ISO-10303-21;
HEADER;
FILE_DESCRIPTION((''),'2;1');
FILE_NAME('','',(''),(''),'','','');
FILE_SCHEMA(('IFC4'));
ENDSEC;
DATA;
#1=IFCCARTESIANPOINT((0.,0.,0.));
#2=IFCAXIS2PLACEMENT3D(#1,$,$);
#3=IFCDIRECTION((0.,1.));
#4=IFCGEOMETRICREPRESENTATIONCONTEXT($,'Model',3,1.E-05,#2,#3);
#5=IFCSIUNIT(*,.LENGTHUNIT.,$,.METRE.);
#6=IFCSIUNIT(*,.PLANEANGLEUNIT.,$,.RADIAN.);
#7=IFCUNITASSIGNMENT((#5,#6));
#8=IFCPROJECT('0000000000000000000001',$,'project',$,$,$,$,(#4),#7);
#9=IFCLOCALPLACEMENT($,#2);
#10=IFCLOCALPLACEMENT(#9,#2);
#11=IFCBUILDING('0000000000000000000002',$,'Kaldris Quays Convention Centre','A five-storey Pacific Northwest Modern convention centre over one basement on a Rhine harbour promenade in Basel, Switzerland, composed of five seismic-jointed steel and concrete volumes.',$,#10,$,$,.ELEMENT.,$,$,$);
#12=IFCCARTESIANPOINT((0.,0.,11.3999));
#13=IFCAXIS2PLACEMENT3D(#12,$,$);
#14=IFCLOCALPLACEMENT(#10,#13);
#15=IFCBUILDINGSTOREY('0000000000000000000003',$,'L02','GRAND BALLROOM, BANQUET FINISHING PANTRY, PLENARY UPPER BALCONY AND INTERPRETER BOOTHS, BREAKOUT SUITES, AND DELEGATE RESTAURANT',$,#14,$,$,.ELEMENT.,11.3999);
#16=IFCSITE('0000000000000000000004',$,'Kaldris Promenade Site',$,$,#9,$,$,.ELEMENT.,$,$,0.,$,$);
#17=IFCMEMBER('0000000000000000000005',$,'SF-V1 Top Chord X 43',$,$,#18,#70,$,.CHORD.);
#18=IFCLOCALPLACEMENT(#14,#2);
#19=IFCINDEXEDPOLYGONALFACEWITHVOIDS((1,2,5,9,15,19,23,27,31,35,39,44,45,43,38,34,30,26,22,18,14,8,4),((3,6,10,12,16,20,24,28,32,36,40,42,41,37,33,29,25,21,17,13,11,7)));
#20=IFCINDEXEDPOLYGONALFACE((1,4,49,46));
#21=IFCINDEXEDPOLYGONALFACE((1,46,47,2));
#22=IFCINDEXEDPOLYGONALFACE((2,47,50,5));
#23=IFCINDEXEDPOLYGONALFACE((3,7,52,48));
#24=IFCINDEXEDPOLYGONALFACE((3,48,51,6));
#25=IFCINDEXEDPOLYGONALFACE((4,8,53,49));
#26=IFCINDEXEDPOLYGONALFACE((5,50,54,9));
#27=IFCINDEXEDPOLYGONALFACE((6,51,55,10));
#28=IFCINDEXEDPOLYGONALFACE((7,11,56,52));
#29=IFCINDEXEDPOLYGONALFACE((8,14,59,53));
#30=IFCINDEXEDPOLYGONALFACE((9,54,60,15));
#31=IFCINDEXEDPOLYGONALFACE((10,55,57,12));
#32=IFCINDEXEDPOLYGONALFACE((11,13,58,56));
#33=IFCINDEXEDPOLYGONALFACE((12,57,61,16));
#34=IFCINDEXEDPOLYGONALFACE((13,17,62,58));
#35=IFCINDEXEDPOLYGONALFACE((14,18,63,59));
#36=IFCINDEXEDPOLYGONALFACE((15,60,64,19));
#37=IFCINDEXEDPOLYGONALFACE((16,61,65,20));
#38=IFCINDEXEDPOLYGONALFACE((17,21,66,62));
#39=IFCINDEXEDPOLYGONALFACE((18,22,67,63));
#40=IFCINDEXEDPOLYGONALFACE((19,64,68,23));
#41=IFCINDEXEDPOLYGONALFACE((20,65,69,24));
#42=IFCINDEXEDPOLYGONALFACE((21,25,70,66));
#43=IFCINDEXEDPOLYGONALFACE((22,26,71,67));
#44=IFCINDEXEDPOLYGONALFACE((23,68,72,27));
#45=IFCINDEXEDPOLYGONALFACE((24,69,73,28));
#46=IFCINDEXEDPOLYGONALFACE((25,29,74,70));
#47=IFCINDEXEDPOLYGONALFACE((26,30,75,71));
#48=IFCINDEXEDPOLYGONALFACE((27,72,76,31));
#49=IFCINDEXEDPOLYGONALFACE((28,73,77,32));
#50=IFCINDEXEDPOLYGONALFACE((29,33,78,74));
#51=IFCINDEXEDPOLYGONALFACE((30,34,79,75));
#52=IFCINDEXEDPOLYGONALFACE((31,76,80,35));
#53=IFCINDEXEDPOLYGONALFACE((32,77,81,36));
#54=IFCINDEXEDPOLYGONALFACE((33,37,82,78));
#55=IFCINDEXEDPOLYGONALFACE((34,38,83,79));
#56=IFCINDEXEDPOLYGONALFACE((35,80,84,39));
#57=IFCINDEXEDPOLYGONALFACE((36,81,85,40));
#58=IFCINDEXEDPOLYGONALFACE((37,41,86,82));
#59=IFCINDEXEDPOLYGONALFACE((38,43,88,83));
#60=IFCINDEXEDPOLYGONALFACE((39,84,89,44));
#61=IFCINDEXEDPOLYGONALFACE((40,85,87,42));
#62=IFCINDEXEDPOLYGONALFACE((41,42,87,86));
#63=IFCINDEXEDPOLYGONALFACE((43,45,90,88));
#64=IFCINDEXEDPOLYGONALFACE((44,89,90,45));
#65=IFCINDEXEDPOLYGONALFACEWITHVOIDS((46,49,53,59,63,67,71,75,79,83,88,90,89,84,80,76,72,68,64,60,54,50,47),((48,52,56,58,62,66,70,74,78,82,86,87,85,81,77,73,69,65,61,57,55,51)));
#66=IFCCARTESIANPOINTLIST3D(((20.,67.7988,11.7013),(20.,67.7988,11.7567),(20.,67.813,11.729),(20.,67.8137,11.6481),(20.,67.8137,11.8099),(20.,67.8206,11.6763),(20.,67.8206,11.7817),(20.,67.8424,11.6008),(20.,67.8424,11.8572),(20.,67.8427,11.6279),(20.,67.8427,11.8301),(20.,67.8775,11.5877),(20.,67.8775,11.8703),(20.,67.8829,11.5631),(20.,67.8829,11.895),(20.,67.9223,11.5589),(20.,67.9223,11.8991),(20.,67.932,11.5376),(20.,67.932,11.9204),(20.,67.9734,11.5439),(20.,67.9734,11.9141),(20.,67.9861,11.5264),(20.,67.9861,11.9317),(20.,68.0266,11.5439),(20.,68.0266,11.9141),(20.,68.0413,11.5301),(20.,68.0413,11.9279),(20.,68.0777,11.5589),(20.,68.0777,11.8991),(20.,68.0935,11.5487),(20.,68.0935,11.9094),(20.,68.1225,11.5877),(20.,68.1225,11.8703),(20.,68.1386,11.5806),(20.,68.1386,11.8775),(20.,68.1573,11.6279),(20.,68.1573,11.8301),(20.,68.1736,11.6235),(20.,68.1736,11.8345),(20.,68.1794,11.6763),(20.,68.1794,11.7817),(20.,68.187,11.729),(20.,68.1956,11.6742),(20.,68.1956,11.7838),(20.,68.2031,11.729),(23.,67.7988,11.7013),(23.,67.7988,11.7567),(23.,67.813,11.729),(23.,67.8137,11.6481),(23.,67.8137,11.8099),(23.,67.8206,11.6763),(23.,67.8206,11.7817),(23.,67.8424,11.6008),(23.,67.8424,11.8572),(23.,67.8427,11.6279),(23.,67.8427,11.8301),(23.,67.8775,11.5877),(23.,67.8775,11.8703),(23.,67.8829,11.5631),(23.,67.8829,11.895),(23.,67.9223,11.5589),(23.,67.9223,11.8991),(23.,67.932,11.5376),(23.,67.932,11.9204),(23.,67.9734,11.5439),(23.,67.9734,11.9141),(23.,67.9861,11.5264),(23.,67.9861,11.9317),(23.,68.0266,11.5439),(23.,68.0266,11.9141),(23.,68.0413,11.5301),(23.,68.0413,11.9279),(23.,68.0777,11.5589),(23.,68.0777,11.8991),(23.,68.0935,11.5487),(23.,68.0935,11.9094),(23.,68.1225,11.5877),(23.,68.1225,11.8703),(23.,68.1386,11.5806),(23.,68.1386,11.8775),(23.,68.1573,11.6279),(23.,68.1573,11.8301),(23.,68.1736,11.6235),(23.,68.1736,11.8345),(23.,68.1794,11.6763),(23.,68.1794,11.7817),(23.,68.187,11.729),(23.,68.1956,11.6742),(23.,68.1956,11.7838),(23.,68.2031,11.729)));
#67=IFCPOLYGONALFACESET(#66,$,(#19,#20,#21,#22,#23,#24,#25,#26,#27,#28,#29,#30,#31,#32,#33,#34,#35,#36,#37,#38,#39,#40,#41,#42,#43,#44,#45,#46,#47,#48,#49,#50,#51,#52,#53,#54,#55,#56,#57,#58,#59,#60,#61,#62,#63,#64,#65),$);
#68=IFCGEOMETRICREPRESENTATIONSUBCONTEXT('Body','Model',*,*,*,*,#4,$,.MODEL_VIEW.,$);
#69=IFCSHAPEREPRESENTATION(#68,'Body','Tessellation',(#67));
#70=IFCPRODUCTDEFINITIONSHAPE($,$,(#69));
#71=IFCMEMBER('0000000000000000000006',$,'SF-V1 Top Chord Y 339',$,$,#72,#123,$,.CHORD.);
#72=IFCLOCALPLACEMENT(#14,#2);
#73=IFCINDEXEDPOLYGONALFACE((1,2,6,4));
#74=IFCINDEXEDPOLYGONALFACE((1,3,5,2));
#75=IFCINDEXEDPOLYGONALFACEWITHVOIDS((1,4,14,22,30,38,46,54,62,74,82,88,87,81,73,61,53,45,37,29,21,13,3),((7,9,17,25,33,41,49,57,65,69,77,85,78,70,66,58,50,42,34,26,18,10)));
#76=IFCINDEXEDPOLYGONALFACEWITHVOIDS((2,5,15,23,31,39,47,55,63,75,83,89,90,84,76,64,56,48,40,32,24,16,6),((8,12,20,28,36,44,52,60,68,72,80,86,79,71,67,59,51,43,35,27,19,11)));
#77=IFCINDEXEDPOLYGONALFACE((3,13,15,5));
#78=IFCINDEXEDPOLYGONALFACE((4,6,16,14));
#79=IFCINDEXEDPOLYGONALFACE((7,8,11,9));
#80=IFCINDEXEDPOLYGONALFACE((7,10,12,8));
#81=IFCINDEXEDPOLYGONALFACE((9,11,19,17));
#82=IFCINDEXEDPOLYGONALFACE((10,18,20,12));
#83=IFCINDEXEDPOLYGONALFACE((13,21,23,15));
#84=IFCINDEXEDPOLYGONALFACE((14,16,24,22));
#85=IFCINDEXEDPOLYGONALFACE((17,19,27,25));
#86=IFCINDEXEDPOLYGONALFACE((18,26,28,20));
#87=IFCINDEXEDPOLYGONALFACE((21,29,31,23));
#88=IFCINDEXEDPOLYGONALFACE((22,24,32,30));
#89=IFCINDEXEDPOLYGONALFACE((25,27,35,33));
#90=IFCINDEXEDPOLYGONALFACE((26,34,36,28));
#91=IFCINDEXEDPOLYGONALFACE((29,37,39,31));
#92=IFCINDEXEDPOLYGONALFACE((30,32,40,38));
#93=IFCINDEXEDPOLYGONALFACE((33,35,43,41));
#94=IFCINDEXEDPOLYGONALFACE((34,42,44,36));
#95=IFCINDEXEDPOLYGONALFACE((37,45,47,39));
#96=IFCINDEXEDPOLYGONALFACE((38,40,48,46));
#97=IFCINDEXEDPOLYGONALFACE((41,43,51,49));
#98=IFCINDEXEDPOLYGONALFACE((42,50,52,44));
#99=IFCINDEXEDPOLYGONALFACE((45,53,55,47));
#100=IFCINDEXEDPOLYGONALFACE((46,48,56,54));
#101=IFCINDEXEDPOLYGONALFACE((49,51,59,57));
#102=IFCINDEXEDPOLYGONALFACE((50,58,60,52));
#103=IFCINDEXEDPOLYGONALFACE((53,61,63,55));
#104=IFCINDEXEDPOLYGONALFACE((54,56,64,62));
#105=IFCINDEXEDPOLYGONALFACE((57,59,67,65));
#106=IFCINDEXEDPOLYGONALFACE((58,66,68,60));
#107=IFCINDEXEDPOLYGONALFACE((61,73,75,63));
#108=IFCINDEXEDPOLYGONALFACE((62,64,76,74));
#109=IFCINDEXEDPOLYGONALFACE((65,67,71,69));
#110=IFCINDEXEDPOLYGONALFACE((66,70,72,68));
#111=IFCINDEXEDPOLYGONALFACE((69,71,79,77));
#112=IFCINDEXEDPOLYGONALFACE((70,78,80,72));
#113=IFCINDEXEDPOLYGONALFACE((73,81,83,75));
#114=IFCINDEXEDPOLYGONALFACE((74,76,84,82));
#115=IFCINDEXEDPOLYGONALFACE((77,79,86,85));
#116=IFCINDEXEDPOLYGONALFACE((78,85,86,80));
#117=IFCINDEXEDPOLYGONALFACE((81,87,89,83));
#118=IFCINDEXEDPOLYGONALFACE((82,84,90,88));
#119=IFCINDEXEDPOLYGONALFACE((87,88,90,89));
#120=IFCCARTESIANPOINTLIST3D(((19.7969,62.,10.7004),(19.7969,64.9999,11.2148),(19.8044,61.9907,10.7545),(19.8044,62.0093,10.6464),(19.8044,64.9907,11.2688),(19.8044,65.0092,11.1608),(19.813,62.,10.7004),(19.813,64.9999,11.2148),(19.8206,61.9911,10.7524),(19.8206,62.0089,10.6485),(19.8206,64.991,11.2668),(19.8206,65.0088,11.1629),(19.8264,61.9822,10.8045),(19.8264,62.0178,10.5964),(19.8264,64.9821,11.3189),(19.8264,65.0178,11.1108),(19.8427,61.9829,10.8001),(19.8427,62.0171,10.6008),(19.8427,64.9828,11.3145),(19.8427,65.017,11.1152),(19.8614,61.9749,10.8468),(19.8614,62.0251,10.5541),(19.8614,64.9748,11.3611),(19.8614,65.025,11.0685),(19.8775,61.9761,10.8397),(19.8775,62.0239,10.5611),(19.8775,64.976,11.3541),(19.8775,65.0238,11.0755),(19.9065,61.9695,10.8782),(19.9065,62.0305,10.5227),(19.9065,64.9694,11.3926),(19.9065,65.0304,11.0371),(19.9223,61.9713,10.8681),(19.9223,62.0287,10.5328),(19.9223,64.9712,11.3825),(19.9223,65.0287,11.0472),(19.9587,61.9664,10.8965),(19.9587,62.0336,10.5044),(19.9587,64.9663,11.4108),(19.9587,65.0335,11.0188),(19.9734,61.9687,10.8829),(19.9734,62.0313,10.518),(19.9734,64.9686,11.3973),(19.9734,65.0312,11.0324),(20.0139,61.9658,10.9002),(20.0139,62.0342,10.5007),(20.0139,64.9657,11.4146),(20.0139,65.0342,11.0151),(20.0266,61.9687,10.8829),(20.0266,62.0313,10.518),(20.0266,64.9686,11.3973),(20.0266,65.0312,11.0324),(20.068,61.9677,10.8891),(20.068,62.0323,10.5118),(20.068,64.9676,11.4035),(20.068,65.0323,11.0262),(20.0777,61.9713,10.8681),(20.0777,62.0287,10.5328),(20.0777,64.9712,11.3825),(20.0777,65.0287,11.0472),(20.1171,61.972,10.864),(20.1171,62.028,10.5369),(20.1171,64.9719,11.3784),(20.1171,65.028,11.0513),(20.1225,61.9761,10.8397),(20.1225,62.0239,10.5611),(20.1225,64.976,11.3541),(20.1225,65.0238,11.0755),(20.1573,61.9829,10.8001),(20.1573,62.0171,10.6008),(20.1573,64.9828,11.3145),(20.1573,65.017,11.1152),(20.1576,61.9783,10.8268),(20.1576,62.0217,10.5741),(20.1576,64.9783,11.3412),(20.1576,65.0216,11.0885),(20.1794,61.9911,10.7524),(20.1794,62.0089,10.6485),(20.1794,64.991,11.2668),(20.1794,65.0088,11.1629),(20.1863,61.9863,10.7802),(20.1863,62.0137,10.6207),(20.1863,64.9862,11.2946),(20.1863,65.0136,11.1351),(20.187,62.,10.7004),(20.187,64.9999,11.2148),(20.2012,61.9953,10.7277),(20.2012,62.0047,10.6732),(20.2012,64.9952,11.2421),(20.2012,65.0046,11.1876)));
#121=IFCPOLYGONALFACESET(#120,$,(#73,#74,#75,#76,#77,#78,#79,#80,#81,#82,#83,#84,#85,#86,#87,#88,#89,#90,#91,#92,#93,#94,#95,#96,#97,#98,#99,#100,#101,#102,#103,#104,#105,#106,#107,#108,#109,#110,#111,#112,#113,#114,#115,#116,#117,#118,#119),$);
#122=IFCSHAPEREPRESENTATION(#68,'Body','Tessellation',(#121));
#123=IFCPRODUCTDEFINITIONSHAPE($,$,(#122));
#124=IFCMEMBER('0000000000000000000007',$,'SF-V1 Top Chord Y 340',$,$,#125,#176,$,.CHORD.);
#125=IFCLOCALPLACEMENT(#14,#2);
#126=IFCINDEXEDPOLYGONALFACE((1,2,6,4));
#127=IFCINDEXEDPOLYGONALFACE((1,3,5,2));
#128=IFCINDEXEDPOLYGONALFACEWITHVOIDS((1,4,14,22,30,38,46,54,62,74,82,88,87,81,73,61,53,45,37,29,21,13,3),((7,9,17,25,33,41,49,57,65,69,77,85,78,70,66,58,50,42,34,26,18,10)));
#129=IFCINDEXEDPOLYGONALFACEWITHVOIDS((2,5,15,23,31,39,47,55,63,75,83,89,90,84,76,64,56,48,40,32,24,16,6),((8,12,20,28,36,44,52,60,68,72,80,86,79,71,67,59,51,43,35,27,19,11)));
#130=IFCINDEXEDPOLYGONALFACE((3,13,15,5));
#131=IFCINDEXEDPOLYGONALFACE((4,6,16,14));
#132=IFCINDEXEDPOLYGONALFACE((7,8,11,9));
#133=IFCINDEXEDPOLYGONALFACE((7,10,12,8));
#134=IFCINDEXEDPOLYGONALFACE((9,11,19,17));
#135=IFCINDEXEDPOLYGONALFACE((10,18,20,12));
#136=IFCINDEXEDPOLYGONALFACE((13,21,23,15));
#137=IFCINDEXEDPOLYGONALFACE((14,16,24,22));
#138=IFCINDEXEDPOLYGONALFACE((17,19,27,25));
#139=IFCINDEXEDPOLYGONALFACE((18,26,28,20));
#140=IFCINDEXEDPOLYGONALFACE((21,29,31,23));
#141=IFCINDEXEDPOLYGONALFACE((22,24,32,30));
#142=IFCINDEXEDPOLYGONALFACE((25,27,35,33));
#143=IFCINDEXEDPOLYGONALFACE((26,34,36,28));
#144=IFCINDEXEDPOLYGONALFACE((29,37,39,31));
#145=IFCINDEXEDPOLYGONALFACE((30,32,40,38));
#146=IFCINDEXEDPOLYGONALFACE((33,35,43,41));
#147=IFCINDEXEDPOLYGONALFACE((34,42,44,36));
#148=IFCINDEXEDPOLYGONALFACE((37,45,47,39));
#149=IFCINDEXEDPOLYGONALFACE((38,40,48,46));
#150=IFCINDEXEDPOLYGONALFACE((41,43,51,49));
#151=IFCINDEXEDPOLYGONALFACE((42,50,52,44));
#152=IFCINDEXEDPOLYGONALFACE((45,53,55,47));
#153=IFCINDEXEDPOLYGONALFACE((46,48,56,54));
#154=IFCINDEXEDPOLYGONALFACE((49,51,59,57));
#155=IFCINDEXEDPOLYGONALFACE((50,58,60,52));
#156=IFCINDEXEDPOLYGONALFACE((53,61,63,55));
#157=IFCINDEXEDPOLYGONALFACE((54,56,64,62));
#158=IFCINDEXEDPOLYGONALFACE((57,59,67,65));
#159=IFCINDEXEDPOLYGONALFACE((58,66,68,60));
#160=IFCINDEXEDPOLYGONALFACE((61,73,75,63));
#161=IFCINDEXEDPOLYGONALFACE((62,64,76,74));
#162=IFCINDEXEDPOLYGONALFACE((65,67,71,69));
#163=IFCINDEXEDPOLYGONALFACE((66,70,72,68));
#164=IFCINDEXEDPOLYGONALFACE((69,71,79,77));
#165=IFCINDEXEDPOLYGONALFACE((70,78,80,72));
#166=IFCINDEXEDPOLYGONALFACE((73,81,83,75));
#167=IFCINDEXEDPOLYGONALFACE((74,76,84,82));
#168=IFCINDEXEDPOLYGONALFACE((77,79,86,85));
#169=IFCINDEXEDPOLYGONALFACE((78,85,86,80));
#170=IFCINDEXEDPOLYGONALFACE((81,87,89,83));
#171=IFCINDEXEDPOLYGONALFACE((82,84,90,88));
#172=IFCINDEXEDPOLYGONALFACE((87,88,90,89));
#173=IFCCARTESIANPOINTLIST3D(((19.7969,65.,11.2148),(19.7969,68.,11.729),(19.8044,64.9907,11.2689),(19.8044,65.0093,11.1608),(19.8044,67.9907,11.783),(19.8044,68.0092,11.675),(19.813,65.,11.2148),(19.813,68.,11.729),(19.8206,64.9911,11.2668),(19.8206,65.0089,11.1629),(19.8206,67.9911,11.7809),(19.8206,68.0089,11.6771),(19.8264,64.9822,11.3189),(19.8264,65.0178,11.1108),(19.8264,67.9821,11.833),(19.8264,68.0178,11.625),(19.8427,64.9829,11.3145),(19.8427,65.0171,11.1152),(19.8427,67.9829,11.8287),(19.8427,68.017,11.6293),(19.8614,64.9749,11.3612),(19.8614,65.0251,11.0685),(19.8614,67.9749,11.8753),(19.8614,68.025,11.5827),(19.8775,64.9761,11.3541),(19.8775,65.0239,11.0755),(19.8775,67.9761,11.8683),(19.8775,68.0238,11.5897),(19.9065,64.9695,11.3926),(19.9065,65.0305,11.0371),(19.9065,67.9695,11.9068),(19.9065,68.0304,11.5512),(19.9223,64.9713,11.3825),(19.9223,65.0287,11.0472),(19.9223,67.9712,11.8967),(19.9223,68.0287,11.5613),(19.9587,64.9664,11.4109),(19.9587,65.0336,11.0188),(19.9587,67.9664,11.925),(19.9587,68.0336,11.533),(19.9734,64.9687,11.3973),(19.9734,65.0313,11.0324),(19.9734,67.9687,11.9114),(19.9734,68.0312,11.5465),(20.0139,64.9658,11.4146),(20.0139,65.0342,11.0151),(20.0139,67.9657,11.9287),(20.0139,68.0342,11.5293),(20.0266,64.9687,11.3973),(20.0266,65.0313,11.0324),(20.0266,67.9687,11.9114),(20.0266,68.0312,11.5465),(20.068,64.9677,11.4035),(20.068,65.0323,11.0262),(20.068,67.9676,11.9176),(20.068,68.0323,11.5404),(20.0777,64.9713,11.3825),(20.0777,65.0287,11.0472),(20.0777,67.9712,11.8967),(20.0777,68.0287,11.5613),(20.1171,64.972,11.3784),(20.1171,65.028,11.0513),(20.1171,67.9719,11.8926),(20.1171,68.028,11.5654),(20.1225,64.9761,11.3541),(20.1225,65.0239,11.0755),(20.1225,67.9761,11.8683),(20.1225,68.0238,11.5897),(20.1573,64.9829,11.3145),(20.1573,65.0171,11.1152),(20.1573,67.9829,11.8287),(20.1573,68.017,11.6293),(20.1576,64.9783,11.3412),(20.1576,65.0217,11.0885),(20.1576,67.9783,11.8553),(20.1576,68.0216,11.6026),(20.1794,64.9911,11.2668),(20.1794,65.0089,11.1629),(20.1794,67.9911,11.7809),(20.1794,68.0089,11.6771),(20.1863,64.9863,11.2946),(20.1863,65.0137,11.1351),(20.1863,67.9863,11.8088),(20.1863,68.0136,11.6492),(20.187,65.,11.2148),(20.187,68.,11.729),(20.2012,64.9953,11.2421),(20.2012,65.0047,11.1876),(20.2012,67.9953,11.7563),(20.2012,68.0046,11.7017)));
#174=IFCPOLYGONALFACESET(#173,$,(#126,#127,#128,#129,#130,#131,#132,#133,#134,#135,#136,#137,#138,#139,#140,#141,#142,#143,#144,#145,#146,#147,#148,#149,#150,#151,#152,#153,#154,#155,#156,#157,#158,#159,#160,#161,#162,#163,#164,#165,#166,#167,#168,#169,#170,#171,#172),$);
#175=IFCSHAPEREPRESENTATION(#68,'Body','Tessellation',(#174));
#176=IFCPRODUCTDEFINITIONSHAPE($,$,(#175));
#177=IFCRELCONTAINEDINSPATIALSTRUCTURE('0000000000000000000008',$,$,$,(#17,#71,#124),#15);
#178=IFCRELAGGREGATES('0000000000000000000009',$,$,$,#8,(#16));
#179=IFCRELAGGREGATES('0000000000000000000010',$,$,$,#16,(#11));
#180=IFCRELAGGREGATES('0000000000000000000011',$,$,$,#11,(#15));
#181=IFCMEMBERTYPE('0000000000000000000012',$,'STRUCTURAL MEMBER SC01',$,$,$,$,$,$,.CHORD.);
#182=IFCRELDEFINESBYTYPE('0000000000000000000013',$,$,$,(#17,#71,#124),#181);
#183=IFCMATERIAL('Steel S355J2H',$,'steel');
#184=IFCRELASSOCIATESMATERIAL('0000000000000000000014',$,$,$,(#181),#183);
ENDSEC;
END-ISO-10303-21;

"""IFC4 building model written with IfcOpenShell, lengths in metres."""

from ifc_helpers import new_model, si_unit, direction, frame, origin, origin_2d, place, context, subcontext, project, spatial, hollow_circle, extrude, material, material_profile, profile_set, type_object, element, save


model = new_model("IFC4")

# Units and contexts
model_context = context("Model", 3, precision=1e-05, world=origin(), true_north=direction((0.0, 1.0)))
body_context = subcontext(model_context, "Body", "Model", "MODEL_VIEW")
ifc_project = project(units=[si_unit("LENGTHUNIT", "METRE"), si_unit("PLANEANGLEUNIT", "RADIAN")], contexts=[model_context])

# Site, building, storey
site_placement = place(None, origin())
site = spatial("IfcSite", under=ifc_project, at=site_placement, Name="Kaldris Promenade Site", CompositionType="ELEMENT", RefElevation=0.0)
building_placement = place(site_placement, origin())
building = spatial("IfcBuilding", under=site, at=building_placement, Name="Kaldris Quays Convention Centre", Description="A five-storey Pacific Northwest Modern convention centre over one basement on a Rhine harbour promenade in Basel, Switzerland, composed of five seismic-jointed steel and concrete volumes.", CompositionType="ELEMENT")
storey_placement = place(building_placement, frame((0.0, 0.0, 11.3999)))
storey = spatial("IfcBuildingStorey", under=building, at=storey_placement, Name="L02", Description="GRAND BALLROOM, BANQUET FINISHING PANTRY, PLENARY UPPER BALCONY AND INTERPRETER BOOTHS, BREAKOUT SUITES, AND DELEGATE RESTAURANT", CompositionType="ELEMENT", Elevation=11.3999)

# Members
ifc_material_1 = material(Name="Steel S355J2H", Category="steel")
ifc_material_profile_1 = material_profile(ifc_material_1, hollow_circle(Radius=0.2031, WallThickness=0.0161, at=origin_2d()), Name="CHS 406.4x16")
ifc_profile_set_1 = profile_set([ifc_material_profile_1], Name="Steel S355J2H")
member_type_1 = type_object("IfcMemberType", Name="STRUCTURAL MEMBER SC01", PredefinedType="CHORD", material=ifc_profile_set_1)
member_1_placement = place(storey_placement, frame((20.0, 68.0, 11.729), z_axis=(1.0, 0.0, 0.0), x_axis=(0.0, 1.0, 0.0)))
element("IfcMember", 1, at=member_1_placement, inside=storey, type_object=member_type_1, Name="SF-V1 Top Chord X 43", PredefinedType="CHORD", context=body_context, shape_type="SweptSolid", body=[
    extrude(hollow_circle(Radius=0.2031, WallThickness=0.0161, at=origin_2d()), origin(), (0.0, 0.0, 1.0), 3.0),
])
for number, where, z_axis, x_axis, name in (
    (2, (20.0, 62.0, 10.7004), (0.0, 0.985616, 0.169002), (-1.0, 0.0, 0.0), "SF-V1 Top Chord Y 339"),
    (3, (20.0, 65.0, 11.2148), (0.0, 0.985629, 0.168924), (-1.0, 0.0, 0.0), "SF-V1 Top Chord Y 340"),
):
    element("IfcMember", number, at=place(storey_placement, frame(where, z_axis=z_axis, x_axis=x_axis)), inside=storey, type_object=member_type_1, Name=name, PredefinedType="CHORD", context=body_context, shape_type="SweptSolid", body=[
        extrude(hollow_circle(Radius=0.2031, WallThickness=0.0161, at=origin_2d()), origin(), (0.0, 0.0, 1.0), 3.0437),
    ])

save(model, "model.ifc")
